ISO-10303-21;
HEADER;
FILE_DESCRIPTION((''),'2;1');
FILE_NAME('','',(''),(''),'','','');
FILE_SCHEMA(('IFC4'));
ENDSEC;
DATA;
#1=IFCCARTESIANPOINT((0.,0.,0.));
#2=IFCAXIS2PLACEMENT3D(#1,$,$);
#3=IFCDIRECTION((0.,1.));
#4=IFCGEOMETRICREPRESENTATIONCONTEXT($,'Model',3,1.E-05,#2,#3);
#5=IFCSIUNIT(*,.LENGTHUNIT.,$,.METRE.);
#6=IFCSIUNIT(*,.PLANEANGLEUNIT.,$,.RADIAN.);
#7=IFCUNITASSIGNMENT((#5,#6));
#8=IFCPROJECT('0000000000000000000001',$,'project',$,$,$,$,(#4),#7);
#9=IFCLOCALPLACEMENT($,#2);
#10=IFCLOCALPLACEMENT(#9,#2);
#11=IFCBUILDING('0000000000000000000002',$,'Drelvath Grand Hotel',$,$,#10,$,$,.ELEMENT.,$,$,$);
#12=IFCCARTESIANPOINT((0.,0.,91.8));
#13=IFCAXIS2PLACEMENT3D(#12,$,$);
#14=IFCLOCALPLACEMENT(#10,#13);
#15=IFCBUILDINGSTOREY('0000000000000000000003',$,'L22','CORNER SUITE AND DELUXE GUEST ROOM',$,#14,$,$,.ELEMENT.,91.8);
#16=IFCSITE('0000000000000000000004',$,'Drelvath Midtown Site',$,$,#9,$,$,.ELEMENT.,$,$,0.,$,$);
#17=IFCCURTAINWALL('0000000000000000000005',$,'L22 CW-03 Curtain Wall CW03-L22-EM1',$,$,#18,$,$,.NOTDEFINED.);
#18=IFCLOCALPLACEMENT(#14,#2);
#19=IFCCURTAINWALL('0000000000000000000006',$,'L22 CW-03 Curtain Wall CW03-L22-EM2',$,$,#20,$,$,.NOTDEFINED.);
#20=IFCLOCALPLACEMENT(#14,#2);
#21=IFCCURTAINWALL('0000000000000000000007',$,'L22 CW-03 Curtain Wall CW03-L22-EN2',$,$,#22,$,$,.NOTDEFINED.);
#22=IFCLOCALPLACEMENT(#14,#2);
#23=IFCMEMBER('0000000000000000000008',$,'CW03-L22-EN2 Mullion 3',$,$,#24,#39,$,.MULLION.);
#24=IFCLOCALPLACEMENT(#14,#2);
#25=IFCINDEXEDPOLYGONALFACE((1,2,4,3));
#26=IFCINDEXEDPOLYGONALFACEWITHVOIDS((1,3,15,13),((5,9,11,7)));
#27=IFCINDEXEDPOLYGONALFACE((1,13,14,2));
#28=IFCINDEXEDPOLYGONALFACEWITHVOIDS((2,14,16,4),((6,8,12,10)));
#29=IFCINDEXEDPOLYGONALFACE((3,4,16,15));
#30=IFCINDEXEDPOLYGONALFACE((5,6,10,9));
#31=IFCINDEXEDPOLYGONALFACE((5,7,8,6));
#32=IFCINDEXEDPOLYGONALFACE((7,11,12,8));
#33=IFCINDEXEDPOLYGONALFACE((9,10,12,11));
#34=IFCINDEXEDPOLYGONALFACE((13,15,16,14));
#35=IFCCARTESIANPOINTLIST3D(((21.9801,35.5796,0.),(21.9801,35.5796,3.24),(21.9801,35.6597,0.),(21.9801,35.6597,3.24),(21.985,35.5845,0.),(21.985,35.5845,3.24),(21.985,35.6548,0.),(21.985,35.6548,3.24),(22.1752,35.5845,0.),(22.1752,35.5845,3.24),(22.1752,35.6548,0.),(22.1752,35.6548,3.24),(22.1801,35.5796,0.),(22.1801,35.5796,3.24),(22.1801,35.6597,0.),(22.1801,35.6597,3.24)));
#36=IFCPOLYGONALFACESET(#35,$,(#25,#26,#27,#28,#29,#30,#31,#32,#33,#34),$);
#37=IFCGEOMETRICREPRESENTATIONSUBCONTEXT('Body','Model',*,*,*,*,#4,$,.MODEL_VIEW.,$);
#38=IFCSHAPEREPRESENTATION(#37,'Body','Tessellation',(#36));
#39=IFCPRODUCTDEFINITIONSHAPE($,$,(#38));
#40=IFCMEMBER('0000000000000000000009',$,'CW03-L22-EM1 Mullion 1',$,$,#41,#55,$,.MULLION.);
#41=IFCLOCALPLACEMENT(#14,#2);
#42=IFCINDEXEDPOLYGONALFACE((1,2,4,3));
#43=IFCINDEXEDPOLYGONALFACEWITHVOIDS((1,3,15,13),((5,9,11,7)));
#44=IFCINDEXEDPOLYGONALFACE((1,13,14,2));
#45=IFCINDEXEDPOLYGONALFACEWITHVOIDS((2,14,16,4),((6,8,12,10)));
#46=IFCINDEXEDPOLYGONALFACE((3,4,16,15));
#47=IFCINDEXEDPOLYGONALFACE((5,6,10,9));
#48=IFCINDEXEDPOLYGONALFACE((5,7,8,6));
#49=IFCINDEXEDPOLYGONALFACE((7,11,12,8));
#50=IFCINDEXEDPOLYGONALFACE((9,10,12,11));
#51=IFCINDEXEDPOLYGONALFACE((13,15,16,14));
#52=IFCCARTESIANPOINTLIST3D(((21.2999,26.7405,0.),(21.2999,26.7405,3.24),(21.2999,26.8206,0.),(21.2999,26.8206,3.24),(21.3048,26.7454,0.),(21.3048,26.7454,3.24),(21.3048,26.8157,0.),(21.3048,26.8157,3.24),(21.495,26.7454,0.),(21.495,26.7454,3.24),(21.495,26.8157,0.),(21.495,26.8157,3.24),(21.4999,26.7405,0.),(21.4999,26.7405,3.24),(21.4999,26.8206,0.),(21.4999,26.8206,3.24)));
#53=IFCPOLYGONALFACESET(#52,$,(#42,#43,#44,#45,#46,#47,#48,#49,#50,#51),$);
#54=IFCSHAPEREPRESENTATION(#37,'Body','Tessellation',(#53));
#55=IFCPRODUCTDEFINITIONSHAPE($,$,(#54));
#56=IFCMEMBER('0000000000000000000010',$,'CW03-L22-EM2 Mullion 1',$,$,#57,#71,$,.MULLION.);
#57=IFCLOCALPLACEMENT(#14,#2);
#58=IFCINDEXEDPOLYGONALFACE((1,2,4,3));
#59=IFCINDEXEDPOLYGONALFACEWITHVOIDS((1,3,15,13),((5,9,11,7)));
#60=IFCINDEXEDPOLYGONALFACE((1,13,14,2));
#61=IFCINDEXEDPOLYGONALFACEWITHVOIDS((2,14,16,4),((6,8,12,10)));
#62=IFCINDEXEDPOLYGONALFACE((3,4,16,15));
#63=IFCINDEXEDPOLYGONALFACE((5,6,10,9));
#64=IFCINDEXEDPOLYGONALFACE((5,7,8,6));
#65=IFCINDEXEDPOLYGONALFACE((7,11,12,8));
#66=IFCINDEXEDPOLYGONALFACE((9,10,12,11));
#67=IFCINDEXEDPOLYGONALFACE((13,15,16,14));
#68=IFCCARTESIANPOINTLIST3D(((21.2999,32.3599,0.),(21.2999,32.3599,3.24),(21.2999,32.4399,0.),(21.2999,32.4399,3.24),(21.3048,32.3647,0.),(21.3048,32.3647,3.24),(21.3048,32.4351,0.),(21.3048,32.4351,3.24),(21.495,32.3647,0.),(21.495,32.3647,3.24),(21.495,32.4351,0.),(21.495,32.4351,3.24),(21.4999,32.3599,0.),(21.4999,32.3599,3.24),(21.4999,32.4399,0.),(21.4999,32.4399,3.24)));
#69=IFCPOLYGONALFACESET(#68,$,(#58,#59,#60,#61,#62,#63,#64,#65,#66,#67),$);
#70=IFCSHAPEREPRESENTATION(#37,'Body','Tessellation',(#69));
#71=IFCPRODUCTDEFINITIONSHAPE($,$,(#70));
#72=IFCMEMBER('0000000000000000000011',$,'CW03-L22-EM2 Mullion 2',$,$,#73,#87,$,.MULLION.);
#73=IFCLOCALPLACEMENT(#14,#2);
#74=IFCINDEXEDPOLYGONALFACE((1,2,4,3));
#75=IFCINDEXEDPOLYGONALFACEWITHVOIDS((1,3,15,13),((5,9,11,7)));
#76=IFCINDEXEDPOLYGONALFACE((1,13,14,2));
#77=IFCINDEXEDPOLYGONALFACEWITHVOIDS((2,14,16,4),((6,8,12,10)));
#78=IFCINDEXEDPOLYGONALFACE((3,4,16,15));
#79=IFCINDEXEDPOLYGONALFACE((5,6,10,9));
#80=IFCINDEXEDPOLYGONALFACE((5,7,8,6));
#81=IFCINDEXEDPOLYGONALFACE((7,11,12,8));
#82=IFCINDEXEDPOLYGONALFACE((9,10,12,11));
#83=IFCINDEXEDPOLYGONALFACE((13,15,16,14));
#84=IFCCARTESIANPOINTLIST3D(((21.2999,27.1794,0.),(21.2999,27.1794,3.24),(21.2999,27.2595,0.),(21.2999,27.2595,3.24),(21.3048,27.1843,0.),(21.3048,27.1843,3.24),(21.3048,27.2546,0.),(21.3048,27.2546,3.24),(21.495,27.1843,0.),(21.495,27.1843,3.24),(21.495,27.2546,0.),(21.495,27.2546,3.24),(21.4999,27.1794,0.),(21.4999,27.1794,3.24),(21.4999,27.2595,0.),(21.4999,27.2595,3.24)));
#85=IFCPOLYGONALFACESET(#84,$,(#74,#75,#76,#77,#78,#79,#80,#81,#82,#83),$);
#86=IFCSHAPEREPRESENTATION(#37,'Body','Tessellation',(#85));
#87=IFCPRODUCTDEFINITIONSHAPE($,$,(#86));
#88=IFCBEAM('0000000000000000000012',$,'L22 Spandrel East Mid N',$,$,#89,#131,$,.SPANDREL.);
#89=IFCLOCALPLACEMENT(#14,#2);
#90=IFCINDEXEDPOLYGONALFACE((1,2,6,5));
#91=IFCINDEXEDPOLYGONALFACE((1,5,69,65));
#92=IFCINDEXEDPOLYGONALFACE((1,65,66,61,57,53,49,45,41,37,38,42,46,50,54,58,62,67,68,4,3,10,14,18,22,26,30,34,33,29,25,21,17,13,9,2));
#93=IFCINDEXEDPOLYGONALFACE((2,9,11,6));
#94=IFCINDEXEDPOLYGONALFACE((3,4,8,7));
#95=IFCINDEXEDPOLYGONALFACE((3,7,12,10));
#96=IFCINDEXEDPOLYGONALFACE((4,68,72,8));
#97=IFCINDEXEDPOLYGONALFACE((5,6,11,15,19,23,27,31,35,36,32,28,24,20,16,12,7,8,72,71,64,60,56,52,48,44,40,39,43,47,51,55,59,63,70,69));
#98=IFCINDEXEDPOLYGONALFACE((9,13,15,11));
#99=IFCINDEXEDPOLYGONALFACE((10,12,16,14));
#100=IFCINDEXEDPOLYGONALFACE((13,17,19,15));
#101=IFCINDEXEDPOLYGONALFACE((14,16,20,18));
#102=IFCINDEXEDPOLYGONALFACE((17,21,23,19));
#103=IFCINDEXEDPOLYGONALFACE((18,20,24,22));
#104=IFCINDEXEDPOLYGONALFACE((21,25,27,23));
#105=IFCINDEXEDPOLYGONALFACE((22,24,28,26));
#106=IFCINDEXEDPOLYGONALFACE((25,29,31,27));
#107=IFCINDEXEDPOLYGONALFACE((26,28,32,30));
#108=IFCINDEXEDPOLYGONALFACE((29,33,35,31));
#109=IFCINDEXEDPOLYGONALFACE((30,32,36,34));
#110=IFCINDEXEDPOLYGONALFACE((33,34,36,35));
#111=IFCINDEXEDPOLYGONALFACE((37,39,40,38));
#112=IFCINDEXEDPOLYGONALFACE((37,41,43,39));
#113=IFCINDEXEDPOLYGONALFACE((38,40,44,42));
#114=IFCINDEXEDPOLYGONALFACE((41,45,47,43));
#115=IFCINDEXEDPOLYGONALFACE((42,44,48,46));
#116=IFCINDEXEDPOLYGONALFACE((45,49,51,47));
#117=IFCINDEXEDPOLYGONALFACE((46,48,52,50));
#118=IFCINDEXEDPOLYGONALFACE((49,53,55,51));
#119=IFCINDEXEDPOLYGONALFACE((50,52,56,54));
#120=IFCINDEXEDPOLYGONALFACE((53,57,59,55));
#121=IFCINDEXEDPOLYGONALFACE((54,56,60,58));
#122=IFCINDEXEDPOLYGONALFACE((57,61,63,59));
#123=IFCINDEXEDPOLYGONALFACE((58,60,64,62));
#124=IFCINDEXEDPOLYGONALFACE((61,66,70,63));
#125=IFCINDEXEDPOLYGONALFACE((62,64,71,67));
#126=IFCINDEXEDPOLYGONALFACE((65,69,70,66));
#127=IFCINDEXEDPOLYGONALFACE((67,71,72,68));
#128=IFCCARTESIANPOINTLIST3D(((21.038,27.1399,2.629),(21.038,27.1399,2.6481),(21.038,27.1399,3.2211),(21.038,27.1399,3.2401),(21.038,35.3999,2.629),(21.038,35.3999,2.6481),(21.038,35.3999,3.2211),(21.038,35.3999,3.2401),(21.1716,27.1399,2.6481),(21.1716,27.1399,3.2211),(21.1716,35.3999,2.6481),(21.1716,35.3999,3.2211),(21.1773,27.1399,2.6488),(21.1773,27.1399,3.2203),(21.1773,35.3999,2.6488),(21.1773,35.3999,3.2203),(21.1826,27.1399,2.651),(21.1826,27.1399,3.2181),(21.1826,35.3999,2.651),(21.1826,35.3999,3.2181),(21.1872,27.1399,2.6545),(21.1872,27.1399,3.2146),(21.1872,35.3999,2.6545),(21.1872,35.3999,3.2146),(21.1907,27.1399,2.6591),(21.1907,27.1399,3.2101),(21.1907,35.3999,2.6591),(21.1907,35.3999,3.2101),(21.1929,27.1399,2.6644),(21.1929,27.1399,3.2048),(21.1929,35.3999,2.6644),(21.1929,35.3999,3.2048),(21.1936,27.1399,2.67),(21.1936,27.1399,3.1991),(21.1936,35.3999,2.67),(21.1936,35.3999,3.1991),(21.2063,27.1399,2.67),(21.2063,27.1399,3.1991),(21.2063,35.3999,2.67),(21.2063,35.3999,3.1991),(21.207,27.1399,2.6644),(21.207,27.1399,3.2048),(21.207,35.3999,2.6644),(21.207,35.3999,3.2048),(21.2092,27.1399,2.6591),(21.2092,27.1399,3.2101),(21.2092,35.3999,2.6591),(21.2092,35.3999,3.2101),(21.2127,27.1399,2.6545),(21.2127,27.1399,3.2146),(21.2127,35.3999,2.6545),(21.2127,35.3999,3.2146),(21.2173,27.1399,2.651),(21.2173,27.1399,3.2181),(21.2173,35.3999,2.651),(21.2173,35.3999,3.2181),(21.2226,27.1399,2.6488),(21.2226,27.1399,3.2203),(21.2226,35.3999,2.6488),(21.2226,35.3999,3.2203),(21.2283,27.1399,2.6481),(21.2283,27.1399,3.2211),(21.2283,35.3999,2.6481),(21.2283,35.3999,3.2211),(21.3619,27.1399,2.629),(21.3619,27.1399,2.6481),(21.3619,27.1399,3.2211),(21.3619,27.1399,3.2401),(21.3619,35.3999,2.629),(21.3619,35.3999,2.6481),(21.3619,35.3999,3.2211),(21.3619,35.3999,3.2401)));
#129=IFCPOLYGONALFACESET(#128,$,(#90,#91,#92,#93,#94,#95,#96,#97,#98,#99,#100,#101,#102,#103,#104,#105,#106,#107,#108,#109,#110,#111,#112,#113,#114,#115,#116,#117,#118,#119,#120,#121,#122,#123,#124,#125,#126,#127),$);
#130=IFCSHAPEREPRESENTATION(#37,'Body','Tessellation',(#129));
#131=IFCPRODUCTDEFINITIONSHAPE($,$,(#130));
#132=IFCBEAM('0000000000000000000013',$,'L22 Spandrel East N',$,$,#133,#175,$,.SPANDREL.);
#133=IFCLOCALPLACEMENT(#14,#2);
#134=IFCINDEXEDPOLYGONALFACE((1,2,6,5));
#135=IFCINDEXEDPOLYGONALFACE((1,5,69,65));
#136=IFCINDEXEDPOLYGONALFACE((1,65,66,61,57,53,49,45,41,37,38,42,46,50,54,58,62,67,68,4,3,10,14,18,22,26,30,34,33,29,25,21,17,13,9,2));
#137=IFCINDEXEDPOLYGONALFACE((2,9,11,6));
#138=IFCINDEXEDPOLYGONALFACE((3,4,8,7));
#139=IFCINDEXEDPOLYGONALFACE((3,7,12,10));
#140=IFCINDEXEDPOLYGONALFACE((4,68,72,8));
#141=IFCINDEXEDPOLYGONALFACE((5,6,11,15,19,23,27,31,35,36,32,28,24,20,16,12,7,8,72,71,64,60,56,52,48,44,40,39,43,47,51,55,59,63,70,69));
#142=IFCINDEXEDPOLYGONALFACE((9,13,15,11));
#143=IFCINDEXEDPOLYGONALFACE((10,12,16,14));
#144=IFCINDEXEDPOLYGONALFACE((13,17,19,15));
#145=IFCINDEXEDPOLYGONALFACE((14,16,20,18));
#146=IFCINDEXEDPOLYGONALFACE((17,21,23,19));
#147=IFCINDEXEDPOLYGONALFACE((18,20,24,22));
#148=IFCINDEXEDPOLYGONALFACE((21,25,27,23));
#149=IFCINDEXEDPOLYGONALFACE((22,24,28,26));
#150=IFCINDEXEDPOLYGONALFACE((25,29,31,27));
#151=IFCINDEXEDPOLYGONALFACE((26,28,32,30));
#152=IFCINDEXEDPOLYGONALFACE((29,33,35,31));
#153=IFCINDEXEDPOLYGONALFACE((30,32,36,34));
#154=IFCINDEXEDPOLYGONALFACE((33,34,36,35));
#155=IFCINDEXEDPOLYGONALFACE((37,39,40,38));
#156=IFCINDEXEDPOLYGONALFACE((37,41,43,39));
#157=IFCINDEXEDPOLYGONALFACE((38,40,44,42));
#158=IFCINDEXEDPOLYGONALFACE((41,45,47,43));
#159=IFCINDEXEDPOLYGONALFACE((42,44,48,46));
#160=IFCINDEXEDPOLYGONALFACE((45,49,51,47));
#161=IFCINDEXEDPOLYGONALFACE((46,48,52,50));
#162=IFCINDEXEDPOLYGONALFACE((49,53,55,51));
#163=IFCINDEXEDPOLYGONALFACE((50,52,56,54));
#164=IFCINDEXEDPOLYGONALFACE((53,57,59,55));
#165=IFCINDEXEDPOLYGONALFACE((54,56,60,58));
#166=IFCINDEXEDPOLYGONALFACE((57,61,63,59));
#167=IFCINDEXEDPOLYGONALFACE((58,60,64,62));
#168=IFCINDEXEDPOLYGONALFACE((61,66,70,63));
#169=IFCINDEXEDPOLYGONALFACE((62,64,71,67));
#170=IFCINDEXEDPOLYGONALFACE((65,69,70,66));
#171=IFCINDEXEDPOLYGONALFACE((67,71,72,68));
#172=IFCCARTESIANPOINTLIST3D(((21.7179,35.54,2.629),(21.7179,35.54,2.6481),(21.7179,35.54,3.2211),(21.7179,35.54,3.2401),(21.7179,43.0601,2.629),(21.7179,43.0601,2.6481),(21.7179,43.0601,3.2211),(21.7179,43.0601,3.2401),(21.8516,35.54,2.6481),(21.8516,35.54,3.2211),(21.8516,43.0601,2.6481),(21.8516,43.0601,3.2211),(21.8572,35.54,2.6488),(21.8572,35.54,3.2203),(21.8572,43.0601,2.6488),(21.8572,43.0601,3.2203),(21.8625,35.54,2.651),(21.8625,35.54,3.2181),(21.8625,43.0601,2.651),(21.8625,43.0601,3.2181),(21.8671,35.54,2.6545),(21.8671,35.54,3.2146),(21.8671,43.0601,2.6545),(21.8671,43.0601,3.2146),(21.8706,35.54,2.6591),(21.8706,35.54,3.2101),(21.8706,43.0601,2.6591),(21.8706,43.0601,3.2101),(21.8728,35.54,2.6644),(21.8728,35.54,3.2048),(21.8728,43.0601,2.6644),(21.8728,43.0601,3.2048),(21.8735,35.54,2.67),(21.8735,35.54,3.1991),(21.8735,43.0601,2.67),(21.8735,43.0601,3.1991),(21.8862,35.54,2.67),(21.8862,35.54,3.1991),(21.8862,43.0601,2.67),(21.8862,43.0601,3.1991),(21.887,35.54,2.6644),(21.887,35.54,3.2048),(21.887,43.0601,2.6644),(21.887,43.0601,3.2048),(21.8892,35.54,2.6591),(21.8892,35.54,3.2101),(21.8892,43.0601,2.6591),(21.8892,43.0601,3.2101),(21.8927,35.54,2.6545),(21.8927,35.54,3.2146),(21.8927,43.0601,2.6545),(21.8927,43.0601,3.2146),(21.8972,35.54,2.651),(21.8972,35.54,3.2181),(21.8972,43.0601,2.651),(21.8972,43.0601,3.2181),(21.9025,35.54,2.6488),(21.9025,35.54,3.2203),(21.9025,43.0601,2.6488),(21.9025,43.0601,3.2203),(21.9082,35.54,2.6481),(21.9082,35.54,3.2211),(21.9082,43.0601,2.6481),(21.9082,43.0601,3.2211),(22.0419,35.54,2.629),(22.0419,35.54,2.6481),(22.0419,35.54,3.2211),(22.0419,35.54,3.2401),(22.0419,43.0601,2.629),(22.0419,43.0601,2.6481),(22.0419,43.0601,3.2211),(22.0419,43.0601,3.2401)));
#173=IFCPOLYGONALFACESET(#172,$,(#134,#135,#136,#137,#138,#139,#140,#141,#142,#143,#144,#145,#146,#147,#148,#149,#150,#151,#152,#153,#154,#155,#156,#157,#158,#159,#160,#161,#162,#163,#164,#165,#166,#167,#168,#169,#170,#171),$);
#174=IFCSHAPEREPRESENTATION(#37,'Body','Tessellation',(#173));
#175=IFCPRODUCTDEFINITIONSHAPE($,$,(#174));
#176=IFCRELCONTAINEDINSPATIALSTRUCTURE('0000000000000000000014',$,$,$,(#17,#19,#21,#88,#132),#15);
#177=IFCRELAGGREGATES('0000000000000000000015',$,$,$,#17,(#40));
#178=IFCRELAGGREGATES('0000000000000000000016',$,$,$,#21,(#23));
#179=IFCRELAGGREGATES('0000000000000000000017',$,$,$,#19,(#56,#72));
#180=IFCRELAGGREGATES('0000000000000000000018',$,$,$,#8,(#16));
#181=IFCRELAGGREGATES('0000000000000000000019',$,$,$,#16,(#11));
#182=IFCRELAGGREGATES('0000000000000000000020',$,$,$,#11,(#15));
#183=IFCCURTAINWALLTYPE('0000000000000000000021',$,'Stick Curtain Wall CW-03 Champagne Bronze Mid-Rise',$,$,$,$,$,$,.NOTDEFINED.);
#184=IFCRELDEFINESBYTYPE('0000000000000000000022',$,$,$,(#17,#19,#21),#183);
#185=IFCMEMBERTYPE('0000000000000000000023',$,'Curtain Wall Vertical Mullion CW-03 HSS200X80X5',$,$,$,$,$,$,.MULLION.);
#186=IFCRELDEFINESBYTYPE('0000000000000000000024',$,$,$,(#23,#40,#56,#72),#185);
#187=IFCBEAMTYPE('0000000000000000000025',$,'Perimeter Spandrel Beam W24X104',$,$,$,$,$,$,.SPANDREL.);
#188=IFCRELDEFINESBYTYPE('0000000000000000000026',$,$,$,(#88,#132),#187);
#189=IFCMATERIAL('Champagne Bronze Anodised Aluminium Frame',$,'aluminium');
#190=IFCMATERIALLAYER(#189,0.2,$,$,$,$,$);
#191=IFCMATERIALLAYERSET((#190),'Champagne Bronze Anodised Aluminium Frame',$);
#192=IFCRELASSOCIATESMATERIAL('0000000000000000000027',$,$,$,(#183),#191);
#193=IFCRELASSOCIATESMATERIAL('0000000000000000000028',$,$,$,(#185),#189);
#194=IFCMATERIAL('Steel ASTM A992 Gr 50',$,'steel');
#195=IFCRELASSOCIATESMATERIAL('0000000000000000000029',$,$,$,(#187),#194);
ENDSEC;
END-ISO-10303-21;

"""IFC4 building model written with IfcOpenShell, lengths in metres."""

from ifc_helpers import new_model, si_unit, direction, frame, origin, origin_2d, place, context, subcontext, project, spatial, hollow_rectangle, i_section, extrude, material, layer, layer_set, material_profile, profile_set, type_object, element, aggregate, save


model = new_model("IFC4")

# Units and contexts
model_context = context("Model", 3, precision=1e-05, world=origin(), true_north=direction((0.0, 1.0)))
body_context = subcontext(model_context, "Body", "Model", "MODEL_VIEW")
ifc_project = project(units=[si_unit("LENGTHUNIT", "METRE"), si_unit("PLANEANGLEUNIT", "RADIAN")], contexts=[model_context])

# Site, building, storey
site_placement = place(None, origin())
site = spatial("IfcSite", under=ifc_project, at=site_placement, Name="Drelvath Midtown Site", CompositionType="ELEMENT", RefElevation=0.0)
building_placement = place(site_placement, origin())
building = spatial("IfcBuilding", under=site, at=building_placement, Name="Drelvath Grand Hotel", CompositionType="ELEMENT")
storey_placement = place(building_placement, frame((0.0, 0.0, 91.8)))
storey = spatial("IfcBuildingStorey", under=building, at=storey_placement, Name="L22", Description="CORNER SUITE AND DELUXE GUEST ROOM", CompositionType="ELEMENT", Elevation=91.8)

# Curtain walls
ifc_material_1 = material(Name="Champagne Bronze Anodised Aluminium Frame", Category="aluminium")
ifc_layer_1 = layer(ifc_material_1, 0.2)
ifc_layer_set_1 = layer_set([ifc_layer_1], Name="Champagne Bronze Anodised Aluminium Frame")
curtain_wall_type = type_object("IfcCurtainWallType", Name="Stick Curtain Wall CW-03 Champagne Bronze Mid-Rise", PredefinedType="NOTDEFINED", material=ifc_layer_set_1)
curtain_wall_1_placement = place(storey_placement, origin())
curtain_wall_1 = element("IfcCurtainWall", 1, at=curtain_wall_1_placement, inside=storey, type_object=curtain_wall_type, Name="L22 CW-03 Curtain Wall CW03-L22-EM1", PredefinedType="NOTDEFINED")
curtain_wall_2_placement = place(storey_placement, origin())
curtain_wall_2 = element("IfcCurtainWall", 2, at=curtain_wall_2_placement, inside=storey, type_object=curtain_wall_type, Name="L22 CW-03 Curtain Wall CW03-L22-EM2", PredefinedType="NOTDEFINED")

# Shared definitions
ifc_material_profile_1 = material_profile(ifc_material_1, hollow_rectangle(XDim=0.0801, YDim=0.2, WallThickness=0.0049, at=origin_2d()), Name="HSS200X80X5")
ifc_profile_set_1 = profile_set([ifc_material_profile_1], Name="Champagne Bronze Anodised Aluminium Frame")
member_type_1 = type_object("IfcMemberType", Name="Curtain Wall Vertical Mullion CW-03 HSS200X80X5", PredefinedType="MULLION", material=ifc_profile_set_1)

# Curtain wall, member
curtain_wall_3_placement = place(storey_placement, origin())
curtain_wall_3 = element("IfcCurtainWall", 3, at=curtain_wall_3_placement, inside=storey, type_object=curtain_wall_type, Name="L22 CW-03 Curtain Wall CW03-L22-EN2", PredefinedType="NOTDEFINED")
member_1_placement = place(storey_placement, frame((22.0801, 35.6196, 0.0), z_axis=(0.0, 0.0, 1.0), x_axis=(0.0, 1.0, 0.0)))
member_1 = element("IfcMember", 4, at=member_1_placement, type_object=member_type_1, Name="CW03-L22-EN2 Mullion 3", PredefinedType="MULLION", context=body_context, shape_type="SweptSolid", body=[
    extrude(hollow_rectangle(XDim=0.0801, YDim=0.2, WallThickness=0.0049, at=origin_2d()), origin(), (0.0, 0.0, 1.0), 3.24),
])

# Members
member_2_placement = place(storey_placement, frame((21.3999, 26.7805, 0.0), z_axis=(0.0, 0.0, 1.0), x_axis=(0.0, 1.0, 0.0)))
member_2 = element("IfcMember", 5, at=member_2_placement, type_object=member_type_1, Name="CW03-L22-EM1 Mullion 1", PredefinedType="MULLION", context=body_context, shape_type="SweptSolid", body=[
    extrude(hollow_rectangle(XDim=0.0801, YDim=0.2, WallThickness=0.0049, at=origin_2d()), origin(), (0.0, 0.0, 1.0), 3.24),
])
aggregate(curtain_wall_1, [member_2])
member_3_placement = place(storey_placement, frame((21.3999, 32.3999, 0.0), z_axis=(0.0, 0.0, 1.0), x_axis=(0.0, 1.0, 0.0)))
member_3 = element("IfcMember", 6, at=member_3_placement, type_object=member_type_1, Name="CW03-L22-EM2 Mullion 1", PredefinedType="MULLION", context=body_context, shape_type="SweptSolid", body=[
    extrude(hollow_rectangle(XDim=0.0801, YDim=0.2, WallThickness=0.0049, at=origin_2d()), origin(), (0.0, 0.0, 1.0), 3.24),
])
member_4_placement = place(storey_placement, frame((21.3999, 27.2195, 0.0), z_axis=(0.0, 0.0, 1.0), x_axis=(0.0, 1.0, 0.0)))
member_4 = element("IfcMember", 7, at=member_4_placement, type_object=member_type_1, Name="CW03-L22-EM2 Mullion 2", PredefinedType="MULLION", context=body_context, shape_type="SweptSolid", body=[
    extrude(hollow_rectangle(XDim=0.0801, YDim=0.2, WallThickness=0.0049, at=origin_2d()), origin(), (0.0, 0.0, 1.0), 3.24),
])

# Beams
ifc_material_2 = material(Name="Steel ASTM A992 Gr 50", Category="steel")
ifc_material_profile_2 = material_profile(ifc_material_2, i_section(OverallWidth=0.324, OverallDepth=0.6111, WebThickness=0.0127, FlangeThickness=0.019, FilletRadius=0.022, at=origin_2d()), Name="W24X104")
ifc_profile_set_2 = profile_set([ifc_material_profile_2], Name="Steel ASTM A992 Gr 50")
beam_type_1 = type_object("IfcBeamType", Name="Perimeter Spandrel Beam W24X104", PredefinedType="SPANDREL", material=ifc_profile_set_2)
beam_1_placement = place(storey_placement, frame((21.2, 27.1399, 2.9346), z_axis=(0.0, 1.0, 0.0), x_axis=(-1.0, 0.0, 0.0)))
element("IfcBeam", 8, at=beam_1_placement, inside=storey, type_object=beam_type_1, Name="L22 Spandrel East Mid N", PredefinedType="SPANDREL", context=body_context, shape_type="SweptSolid", body=[
    extrude(i_section(OverallWidth=0.324, OverallDepth=0.6111, WebThickness=0.0127, FlangeThickness=0.019, FilletRadius=0.022, at=origin_2d()), origin(), (0.0, 0.0, 1.0), 8.26),
])
beam_2_placement = place(storey_placement, frame((21.8799, 35.54, 2.9346), z_axis=(0.0, 1.0, 0.0), x_axis=(-1.0, 0.0, 0.0)))
element("IfcBeam", 9, at=beam_2_placement, inside=storey, type_object=beam_type_1, Name="L22 Spandrel East N", PredefinedType="SPANDREL", context=body_context, shape_type="SweptSolid", body=[
    extrude(i_section(OverallWidth=0.324, OverallDepth=0.6111, WebThickness=0.0127, FlangeThickness=0.019, FilletRadius=0.022, at=origin_2d()), origin(), (0.0, 0.0, 1.0), 7.52),
])

aggregate(curtain_wall_3, [member_1])
aggregate(curtain_wall_2, [member_3, member_4])

save(model, "model.ifc")
